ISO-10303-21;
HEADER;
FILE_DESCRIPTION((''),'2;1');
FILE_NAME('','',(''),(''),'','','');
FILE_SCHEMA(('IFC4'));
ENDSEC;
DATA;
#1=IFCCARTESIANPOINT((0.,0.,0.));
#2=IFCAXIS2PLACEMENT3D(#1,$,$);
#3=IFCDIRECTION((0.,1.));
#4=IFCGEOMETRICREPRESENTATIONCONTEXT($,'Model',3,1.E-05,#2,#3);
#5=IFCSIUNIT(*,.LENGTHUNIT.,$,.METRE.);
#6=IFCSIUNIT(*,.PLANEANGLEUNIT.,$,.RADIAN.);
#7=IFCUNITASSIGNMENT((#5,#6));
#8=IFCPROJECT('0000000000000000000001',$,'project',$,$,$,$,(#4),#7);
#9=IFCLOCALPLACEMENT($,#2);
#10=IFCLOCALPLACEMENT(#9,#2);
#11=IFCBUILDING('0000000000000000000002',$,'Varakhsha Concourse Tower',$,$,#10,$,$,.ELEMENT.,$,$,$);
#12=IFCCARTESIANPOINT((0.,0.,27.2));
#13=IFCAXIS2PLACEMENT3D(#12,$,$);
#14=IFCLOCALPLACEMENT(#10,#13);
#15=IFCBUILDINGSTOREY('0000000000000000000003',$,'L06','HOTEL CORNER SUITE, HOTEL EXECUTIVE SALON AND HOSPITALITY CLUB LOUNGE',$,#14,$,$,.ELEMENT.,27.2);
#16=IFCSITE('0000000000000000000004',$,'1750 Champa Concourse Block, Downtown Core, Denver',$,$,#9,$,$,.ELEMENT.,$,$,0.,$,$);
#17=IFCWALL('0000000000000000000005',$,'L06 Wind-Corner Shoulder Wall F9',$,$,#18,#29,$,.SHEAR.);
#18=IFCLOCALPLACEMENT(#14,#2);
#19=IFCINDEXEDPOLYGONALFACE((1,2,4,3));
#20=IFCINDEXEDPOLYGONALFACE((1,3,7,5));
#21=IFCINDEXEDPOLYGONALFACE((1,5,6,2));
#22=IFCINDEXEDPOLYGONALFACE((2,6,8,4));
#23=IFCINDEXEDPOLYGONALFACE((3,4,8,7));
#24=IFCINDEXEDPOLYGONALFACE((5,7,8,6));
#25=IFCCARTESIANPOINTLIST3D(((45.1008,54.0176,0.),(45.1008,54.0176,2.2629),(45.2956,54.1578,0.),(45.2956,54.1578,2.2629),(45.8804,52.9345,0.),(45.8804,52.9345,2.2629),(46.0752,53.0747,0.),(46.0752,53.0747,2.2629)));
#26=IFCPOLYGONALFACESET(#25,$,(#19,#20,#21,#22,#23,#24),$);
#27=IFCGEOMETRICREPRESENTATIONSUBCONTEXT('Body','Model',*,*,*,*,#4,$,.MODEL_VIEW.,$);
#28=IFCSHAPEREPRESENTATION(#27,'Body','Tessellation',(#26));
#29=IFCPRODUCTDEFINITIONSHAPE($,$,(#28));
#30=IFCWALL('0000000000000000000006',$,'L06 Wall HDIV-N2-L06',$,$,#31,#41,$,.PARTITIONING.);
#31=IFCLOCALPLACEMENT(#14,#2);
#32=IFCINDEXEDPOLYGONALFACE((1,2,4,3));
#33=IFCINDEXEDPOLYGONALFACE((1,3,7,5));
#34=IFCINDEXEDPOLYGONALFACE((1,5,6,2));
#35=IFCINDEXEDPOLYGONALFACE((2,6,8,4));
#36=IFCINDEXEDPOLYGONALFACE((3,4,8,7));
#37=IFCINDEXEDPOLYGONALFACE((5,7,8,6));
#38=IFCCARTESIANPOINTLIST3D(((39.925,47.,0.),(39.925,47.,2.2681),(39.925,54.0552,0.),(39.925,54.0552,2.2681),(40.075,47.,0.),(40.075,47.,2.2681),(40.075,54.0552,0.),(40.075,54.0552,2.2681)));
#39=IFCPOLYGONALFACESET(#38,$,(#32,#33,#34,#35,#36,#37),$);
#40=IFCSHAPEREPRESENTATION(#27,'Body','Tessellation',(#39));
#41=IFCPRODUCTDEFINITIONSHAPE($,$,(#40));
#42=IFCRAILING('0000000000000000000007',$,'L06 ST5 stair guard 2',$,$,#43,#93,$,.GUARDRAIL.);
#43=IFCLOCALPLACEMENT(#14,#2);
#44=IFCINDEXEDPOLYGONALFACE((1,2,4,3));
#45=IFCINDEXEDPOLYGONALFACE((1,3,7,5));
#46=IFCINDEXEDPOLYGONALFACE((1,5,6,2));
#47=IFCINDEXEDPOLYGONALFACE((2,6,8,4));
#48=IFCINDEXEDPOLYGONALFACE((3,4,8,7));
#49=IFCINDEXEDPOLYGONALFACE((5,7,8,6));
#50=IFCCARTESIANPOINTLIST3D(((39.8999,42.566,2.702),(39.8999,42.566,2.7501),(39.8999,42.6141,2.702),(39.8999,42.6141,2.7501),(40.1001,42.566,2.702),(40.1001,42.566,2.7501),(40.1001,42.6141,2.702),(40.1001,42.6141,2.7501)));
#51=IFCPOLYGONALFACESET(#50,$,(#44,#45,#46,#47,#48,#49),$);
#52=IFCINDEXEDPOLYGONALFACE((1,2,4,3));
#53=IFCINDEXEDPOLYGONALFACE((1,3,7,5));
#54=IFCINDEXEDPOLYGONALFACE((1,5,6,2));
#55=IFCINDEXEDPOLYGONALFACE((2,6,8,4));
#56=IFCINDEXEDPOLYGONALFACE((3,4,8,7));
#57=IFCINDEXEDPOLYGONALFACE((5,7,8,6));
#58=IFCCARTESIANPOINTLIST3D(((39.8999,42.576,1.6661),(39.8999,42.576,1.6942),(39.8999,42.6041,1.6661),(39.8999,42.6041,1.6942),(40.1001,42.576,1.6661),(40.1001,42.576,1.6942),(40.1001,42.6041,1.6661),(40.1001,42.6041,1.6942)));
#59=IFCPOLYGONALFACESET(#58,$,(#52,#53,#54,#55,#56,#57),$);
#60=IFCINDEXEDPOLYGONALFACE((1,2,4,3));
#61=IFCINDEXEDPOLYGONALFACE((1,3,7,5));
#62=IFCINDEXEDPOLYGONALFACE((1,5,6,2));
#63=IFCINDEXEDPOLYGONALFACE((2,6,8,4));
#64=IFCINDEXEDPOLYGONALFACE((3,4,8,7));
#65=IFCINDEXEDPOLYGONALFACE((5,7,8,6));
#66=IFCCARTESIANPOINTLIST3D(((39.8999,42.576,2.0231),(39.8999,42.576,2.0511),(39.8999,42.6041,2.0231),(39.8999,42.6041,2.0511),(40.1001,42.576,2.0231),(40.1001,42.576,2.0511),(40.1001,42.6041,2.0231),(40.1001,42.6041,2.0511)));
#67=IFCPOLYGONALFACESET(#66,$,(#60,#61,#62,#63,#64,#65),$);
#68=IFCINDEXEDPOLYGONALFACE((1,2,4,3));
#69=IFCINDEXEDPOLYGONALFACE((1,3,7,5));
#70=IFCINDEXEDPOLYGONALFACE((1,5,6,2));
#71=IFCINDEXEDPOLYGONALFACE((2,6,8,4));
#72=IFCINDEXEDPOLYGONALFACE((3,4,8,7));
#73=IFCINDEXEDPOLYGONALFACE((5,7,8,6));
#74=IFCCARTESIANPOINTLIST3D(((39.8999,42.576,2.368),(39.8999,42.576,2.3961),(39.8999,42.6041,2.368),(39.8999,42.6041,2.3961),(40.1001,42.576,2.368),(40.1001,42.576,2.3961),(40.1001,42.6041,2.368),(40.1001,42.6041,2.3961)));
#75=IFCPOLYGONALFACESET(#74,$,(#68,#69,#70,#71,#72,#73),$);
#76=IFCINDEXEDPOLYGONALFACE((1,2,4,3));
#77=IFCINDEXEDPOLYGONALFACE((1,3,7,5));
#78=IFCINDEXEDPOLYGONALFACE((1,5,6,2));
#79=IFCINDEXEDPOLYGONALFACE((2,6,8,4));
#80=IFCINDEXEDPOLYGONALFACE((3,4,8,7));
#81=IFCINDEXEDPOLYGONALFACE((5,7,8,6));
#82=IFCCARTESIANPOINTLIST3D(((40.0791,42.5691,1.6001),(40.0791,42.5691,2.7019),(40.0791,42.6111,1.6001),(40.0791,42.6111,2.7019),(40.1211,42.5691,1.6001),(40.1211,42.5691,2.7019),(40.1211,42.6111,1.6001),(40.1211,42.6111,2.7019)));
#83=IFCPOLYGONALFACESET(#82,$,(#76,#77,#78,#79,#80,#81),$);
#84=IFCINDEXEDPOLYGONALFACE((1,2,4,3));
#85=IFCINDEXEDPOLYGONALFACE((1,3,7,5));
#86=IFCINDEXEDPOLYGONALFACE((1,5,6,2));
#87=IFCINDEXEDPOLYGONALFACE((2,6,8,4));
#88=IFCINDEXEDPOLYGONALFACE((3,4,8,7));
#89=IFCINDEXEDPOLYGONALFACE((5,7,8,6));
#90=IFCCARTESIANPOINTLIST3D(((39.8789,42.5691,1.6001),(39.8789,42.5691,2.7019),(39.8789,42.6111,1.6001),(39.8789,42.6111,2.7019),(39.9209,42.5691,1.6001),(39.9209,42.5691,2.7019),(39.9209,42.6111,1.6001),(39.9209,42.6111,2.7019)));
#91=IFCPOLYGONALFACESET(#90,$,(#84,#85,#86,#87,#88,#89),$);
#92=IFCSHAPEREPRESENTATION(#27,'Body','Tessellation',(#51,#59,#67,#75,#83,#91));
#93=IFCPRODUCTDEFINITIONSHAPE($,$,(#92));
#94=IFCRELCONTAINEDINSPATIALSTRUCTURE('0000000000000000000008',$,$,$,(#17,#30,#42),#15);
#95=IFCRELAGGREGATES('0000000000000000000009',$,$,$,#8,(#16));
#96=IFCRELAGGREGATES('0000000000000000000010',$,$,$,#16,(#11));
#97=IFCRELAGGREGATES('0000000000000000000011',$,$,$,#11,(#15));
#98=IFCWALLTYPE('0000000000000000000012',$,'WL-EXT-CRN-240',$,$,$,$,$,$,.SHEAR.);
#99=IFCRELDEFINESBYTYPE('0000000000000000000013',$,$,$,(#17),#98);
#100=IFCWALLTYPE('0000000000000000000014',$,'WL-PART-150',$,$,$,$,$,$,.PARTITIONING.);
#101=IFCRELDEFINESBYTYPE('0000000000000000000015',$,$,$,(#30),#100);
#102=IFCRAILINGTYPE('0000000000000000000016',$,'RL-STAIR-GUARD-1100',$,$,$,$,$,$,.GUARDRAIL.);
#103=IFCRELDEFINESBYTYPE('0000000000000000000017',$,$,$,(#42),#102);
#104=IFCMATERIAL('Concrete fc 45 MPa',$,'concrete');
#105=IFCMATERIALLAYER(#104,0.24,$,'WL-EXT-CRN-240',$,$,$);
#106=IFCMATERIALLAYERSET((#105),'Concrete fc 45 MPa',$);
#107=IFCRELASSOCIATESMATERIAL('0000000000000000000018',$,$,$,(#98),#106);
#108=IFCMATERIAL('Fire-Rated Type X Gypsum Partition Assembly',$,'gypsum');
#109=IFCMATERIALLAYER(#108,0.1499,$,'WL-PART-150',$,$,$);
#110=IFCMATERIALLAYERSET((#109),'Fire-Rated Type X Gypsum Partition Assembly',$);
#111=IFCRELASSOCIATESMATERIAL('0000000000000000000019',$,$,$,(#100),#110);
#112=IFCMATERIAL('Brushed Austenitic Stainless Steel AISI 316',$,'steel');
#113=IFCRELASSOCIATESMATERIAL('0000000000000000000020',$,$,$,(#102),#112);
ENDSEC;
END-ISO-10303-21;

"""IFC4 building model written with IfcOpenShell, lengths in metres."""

from ifc_helpers import new_model, si_unit, direction, frame, frame_2d, origin, origin_2d, place, context, subcontext, project, spatial, rectangle, extrude, material, layer, layer_set, type_object, element, save


model = new_model("IFC4")

# Units and contexts
model_context = context("Model", 3, precision=1e-05, world=origin(), true_north=direction((0.0, 1.0)))
body_context = subcontext(model_context, "Body", "Model", "MODEL_VIEW")
ifc_project = project(units=[si_unit("LENGTHUNIT", "METRE"), si_unit("PLANEANGLEUNIT", "RADIAN")], contexts=[model_context])

# Site, building, storey
site_placement = place(None, origin())
site = spatial("IfcSite", under=ifc_project, at=site_placement, Name="1750 Champa Concourse Block, Downtown Core, Denver", CompositionType="ELEMENT", RefElevation=0.0)
building_placement = place(site_placement, origin())
building = spatial("IfcBuilding", under=site, at=building_placement, Name="Varakhsha Concourse Tower", CompositionType="ELEMENT")
storey_placement = place(building_placement, frame((0.0, 0.0, 27.2)))
storey = spatial("IfcBuildingStorey", under=building, at=storey_placement, Name="L06", Description="HOTEL CORNER SUITE, HOTEL EXECUTIVE SALON AND HOSPITALITY CLUB LOUNGE", CompositionType="ELEMENT", Elevation=27.2)

# Walls
ifc_material_1 = material(Name="Concrete fc 45 MPa", Category="concrete")
ifc_layer_1 = layer(ifc_material_1, 0.24, Name="WL-EXT-CRN-240")
ifc_layer_set_1 = layer_set([ifc_layer_1], Name="Concrete fc 45 MPa")
wall_type_1 = type_object("IfcWallType", Name="WL-EXT-CRN-240", PredefinedType="SHEAR", material=ifc_layer_set_1)
wall_1_placement = place(storey_placement, frame((45.9778, 53.0046, 0.0), z_axis=(0.0, 0.0, 1.0), x_axis=(-0.584194, 0.811614, 0.0)))
element("IfcWall", 1, at=wall_1_placement, inside=storey, type_object=wall_type_1, Name="L06 Wind-Corner Shoulder Wall F9", PredefinedType="SHEAR", context=body_context, shape_type="SweptSolid", body=[
    extrude(rectangle(XDim=1.3345, YDim=0.24, at=frame_2d((0.6672, 0.0))), origin(), (0.0, 0.0, 1.0), 2.2629),
])
ifc_material_2 = material(Name="Fire-Rated Type X Gypsum Partition Assembly", Category="gypsum")
ifc_layer_2 = layer(ifc_material_2, 0.1499, Name="WL-PART-150")
ifc_layer_set_2 = layer_set([ifc_layer_2], Name="Fire-Rated Type X Gypsum Partition Assembly")
wall_type_2 = type_object("IfcWallType", Name="WL-PART-150", PredefinedType="PARTITIONING", material=ifc_layer_set_2)
wall_2_placement = place(storey_placement, frame((40.0, 47.0, 0.0), z_axis=(0.0, 0.0, 1.0), x_axis=(0.0, 1.0, 0.0)))
element("IfcWall", 2, at=wall_2_placement, inside=storey, type_object=wall_type_2, Name="L06 Wall HDIV-N2-L06", PredefinedType="PARTITIONING", context=body_context, shape_type="SweptSolid", body=[
    extrude(rectangle(XDim=7.0552, YDim=0.1499, at=frame_2d((3.5276, 0.0))), origin(), (0.0, 0.0, 1.0), 2.2681),
])

# Railing
ifc_material_3 = material(Name="Brushed Austenitic Stainless Steel AISI 316", Category="steel")
railing_type = type_object("IfcRailingType", Name="RL-STAIR-GUARD-1100", PredefinedType="GUARDRAIL", material=ifc_material_3)
railing_placement = place(storey_placement, frame((40.1001, 42.5901, 1.6001)))
element("IfcRailing", 3, at=railing_placement, inside=storey, type_object=railing_type, Name="L06 ST5 stair guard 2", PredefinedType="GUARDRAIL", context=body_context, shape_type="SweptSolid", body=[
    extrude(rectangle(XDim=0.0481, YDim=0.0481, at=origin_2d()), frame((0.0, 0.0, 1.126), z_axis=(-1.0, 0.0, 0.0), x_axis=(0.0, -1.0, 0.0)), (0.0, 0.0, 1.0), 0.2002),
    extrude(rectangle(XDim=0.0281, YDim=0.0281, at=origin_2d()), frame((0.0, 0.0, 0.0801), z_axis=(-1.0, 0.0, 0.0), x_axis=(0.0, -1.0, 0.0)), (0.0, 0.0, 1.0), 0.2002),
    extrude(rectangle(XDim=0.0281, YDim=0.0281, at=origin_2d()), frame((0.0, 0.0, 0.437), z_axis=(-1.0, 0.0, 0.0), x_axis=(0.0, -1.0, 0.0)), (0.0, 0.0, 1.0), 0.2002),
    extrude(rectangle(XDim=0.0281, YDim=0.0281, at=origin_2d()), frame((0.0, 0.0, 0.782), z_axis=(-1.0, 0.0, 0.0), x_axis=(0.0, -1.0, 0.0)), (0.0, 0.0, 1.0), 0.2002),
    extrude(rectangle(XDim=0.042, YDim=0.042, at=origin_2d()), origin(), (0.0, 0.0, 1.0), 1.1018),
    extrude(rectangle(XDim=0.042, YDim=0.042, at=origin_2d()), frame((-0.2002, 0.0, 0.0)), (0.0, 0.0, 1.0), 1.1018),
])

save(model, "model.ifc")
